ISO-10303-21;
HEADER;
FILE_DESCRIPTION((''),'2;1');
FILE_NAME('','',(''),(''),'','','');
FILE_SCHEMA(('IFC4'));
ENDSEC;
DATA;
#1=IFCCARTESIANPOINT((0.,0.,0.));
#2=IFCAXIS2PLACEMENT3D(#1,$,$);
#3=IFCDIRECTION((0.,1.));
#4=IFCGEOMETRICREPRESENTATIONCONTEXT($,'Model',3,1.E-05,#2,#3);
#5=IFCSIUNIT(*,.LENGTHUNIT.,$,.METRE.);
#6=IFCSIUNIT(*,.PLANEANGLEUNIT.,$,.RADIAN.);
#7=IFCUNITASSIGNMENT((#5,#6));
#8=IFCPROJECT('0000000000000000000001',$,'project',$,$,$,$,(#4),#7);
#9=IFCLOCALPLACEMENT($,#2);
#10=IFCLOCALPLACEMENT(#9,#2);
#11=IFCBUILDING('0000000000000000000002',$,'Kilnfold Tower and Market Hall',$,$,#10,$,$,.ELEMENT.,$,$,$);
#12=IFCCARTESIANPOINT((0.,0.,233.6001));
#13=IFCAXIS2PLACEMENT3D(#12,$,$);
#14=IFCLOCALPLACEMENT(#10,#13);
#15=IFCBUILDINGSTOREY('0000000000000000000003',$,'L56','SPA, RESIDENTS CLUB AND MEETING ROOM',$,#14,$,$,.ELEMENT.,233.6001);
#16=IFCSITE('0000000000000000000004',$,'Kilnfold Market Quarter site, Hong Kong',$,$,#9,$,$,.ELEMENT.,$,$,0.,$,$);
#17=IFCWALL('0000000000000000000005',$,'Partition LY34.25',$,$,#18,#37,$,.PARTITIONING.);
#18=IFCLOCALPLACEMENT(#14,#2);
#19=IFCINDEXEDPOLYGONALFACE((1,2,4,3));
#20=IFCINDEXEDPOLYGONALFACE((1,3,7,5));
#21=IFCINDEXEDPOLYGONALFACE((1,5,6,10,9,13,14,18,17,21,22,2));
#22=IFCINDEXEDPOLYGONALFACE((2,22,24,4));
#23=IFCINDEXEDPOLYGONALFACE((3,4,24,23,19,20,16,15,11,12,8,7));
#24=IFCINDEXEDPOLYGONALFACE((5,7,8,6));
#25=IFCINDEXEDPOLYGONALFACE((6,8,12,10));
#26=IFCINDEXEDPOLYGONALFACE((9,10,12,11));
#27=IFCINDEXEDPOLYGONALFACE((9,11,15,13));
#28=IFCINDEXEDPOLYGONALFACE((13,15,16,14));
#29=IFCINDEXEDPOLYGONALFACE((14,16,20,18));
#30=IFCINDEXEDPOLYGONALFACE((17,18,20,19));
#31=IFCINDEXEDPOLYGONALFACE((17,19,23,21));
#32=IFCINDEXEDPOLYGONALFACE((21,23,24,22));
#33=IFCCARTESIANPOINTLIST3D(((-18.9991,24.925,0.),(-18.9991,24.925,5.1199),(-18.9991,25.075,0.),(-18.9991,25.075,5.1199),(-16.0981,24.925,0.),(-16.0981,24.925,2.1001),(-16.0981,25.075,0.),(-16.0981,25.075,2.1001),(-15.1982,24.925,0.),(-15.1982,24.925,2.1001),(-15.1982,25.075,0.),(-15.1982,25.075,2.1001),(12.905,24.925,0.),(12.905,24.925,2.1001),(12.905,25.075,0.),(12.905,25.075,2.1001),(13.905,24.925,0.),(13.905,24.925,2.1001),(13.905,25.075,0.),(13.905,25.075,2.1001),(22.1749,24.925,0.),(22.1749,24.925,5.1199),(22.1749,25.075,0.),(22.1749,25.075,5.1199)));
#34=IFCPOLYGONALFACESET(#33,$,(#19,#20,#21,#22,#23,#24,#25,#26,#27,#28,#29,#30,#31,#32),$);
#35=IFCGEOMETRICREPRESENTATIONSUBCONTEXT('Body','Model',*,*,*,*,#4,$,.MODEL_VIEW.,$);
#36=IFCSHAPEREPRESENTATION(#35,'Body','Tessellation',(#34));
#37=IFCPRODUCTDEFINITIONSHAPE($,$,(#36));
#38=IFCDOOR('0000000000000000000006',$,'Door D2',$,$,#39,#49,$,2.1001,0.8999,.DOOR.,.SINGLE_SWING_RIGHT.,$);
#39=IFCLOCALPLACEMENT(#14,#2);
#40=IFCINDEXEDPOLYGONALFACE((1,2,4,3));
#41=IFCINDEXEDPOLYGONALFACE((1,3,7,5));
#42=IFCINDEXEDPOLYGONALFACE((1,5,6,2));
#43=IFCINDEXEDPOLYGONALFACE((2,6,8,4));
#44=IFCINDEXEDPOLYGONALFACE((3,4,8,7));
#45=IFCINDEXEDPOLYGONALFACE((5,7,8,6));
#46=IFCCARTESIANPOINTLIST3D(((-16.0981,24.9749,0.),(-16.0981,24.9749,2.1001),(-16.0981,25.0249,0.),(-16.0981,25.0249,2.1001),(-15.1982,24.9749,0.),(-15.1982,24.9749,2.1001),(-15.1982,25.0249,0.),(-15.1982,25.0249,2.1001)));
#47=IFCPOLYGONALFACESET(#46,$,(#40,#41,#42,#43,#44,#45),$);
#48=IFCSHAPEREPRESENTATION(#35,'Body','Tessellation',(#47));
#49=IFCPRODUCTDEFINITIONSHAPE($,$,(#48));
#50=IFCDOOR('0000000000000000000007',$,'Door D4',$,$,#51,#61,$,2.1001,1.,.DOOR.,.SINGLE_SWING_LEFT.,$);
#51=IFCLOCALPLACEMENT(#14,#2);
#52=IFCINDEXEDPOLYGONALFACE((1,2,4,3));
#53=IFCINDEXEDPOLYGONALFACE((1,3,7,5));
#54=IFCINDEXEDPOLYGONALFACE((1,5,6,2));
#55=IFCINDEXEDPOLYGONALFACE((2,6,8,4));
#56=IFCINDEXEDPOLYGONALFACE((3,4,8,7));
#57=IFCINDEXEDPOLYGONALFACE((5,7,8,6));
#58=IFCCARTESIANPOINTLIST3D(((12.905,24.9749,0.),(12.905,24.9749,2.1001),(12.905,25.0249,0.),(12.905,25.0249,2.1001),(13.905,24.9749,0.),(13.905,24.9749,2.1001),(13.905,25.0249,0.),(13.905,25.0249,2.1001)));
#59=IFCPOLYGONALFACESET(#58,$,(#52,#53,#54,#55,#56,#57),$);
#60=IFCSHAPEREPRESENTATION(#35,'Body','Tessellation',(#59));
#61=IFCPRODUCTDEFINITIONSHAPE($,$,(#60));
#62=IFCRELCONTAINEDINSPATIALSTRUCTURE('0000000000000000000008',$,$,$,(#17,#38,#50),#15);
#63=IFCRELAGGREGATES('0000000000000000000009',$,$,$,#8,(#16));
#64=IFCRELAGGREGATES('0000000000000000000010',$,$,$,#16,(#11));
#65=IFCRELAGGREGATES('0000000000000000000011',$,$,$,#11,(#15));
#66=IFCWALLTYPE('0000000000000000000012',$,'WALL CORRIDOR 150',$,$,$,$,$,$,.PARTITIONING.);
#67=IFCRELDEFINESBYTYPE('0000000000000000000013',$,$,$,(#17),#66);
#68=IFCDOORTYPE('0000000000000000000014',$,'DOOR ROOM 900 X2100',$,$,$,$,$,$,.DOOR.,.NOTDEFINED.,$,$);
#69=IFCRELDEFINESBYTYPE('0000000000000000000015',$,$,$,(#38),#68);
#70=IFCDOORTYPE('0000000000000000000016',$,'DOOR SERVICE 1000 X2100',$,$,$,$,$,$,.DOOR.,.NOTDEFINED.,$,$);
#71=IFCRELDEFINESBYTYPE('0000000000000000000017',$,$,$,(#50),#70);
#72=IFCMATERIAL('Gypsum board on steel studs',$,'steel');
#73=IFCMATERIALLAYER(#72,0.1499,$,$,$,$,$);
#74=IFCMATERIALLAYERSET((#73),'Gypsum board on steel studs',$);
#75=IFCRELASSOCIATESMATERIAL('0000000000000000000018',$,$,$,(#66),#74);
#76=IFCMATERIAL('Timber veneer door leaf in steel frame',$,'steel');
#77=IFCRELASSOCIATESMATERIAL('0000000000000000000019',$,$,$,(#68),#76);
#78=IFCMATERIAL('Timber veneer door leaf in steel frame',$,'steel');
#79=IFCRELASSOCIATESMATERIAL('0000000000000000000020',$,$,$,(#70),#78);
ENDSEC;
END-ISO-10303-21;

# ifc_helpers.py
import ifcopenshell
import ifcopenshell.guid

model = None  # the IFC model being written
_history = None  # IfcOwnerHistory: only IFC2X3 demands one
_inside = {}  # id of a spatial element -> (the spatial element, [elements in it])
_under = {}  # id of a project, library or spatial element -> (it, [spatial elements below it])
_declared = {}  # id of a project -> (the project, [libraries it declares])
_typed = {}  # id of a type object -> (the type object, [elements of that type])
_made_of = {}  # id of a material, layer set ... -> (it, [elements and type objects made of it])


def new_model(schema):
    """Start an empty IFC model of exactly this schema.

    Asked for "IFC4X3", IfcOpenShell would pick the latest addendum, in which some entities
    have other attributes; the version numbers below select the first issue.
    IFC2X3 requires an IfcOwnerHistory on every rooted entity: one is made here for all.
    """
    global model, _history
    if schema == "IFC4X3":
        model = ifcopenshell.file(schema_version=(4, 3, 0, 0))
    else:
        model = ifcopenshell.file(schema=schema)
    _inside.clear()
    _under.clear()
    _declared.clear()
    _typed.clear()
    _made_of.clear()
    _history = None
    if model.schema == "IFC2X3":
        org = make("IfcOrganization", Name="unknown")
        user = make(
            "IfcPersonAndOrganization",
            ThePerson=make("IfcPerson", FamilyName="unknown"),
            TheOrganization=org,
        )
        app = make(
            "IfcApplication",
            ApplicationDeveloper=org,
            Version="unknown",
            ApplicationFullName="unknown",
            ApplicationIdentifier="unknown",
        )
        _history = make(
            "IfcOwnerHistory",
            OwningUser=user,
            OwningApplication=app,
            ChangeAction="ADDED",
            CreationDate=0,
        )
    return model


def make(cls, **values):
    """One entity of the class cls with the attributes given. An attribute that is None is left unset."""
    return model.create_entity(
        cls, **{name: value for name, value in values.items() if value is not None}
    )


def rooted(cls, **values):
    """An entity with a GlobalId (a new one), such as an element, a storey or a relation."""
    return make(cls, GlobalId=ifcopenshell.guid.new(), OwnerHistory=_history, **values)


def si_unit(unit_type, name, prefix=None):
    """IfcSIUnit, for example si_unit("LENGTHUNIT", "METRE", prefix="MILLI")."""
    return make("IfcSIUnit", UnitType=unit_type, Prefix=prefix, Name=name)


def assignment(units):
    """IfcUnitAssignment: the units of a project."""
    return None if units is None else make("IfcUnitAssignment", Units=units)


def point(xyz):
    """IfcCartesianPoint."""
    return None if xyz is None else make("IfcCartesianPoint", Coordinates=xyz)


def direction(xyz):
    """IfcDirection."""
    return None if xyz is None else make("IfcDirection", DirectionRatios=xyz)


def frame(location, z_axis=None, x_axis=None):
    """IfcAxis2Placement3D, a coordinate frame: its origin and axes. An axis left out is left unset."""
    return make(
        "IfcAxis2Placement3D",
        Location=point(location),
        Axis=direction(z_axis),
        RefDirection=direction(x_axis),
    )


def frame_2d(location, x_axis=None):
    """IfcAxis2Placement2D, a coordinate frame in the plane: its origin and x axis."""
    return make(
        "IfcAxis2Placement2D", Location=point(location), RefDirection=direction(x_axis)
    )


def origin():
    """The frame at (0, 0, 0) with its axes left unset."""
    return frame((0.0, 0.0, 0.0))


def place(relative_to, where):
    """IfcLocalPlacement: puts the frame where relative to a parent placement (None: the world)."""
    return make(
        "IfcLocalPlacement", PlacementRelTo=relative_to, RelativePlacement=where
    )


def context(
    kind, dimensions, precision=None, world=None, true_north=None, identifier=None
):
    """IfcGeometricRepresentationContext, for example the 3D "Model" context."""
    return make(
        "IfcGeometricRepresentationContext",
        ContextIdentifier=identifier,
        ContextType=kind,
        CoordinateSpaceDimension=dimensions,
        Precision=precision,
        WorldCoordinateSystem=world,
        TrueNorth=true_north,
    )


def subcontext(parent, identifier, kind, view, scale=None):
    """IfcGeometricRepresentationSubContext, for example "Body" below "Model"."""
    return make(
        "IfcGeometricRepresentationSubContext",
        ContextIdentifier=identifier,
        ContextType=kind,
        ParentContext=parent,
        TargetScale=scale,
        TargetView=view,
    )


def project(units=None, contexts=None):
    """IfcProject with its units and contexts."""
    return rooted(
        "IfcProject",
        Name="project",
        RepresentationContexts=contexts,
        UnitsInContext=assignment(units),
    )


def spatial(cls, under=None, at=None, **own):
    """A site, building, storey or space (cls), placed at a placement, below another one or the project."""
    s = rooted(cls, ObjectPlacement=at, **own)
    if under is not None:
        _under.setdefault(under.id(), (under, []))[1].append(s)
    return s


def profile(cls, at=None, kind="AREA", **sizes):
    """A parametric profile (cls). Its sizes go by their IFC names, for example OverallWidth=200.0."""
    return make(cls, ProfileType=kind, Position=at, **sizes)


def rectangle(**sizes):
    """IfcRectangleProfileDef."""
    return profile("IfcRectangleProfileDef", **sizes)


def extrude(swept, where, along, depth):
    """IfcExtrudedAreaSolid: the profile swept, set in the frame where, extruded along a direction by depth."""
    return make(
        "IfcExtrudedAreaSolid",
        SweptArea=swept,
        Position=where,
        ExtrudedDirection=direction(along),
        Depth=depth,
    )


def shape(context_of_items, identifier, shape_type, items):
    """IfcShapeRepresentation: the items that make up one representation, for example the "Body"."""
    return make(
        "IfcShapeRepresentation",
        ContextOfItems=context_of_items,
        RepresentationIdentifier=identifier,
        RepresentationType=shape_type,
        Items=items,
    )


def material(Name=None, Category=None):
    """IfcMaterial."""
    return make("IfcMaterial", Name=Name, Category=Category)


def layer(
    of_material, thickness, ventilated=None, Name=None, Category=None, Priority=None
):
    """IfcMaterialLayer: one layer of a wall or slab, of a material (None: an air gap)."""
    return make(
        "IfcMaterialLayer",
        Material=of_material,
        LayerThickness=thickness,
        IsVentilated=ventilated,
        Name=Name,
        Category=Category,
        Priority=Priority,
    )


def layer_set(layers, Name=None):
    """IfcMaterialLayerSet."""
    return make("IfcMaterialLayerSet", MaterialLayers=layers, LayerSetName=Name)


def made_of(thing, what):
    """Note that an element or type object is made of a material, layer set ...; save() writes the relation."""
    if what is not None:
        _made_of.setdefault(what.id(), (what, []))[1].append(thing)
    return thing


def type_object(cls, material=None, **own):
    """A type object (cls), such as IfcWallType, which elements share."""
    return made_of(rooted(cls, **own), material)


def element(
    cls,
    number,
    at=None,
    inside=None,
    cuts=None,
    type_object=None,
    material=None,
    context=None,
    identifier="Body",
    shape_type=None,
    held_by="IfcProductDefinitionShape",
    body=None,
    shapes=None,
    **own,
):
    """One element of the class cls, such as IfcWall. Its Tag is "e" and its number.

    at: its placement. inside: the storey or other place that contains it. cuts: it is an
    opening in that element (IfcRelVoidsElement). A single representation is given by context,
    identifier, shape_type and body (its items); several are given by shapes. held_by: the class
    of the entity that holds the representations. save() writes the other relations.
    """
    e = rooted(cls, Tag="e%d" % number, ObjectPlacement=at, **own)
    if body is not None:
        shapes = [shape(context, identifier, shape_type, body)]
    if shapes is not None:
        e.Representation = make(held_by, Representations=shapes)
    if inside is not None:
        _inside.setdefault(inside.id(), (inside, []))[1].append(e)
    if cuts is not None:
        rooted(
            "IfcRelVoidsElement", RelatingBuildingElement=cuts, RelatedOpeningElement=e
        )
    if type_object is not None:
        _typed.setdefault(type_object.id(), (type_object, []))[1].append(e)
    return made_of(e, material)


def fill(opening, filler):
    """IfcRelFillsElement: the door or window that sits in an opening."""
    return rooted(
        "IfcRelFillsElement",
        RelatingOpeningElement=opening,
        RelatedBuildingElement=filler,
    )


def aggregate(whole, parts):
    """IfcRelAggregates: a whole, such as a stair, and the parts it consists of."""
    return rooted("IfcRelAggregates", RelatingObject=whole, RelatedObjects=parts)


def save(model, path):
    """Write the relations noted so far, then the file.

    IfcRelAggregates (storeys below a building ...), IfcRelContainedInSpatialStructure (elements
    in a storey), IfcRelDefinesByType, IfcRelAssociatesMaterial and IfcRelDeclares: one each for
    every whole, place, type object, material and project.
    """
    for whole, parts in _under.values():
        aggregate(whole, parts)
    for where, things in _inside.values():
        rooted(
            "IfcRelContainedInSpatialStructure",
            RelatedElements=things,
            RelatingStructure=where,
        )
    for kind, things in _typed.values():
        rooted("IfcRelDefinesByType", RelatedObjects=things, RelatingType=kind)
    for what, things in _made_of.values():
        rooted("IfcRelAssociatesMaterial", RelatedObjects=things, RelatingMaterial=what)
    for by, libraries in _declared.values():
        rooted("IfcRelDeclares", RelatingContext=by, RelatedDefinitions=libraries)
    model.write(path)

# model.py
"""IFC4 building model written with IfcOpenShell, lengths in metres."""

from ifc_helpers import new_model, si_unit, direction, frame, frame_2d, origin, place, context, subcontext, project, spatial, rectangle, extrude, material, layer, layer_set, type_object, element, fill, save


model = new_model("IFC4")

# Units and contexts
model_context = context("Model", 3, precision=1e-05, world=origin(), true_north=direction((0.0, 1.0)))
body_context = subcontext(model_context, "Body", "Model", "MODEL_VIEW")
ifc_project = project(units=[si_unit("LENGTHUNIT", "METRE"), si_unit("PLANEANGLEUNIT", "RADIAN")], contexts=[model_context])

# Site, building, storey
site_placement = place(None, origin())
site = spatial("IfcSite", under=ifc_project, at=site_placement, Name="Kilnfold Market Quarter site, Hong Kong", CompositionType="ELEMENT", RefElevation=0.0)
building_placement = place(site_placement, origin())
building = spatial("IfcBuilding", under=site, at=building_placement, Name="Kilnfold Tower and Market Hall", CompositionType="ELEMENT")
storey_placement = place(building_placement, frame((0.0, 0.0, 233.6001)))
storey = spatial("IfcBuildingStorey", under=building, at=storey_placement, Name="L56", Description="SPA, RESIDENTS CLUB AND MEETING ROOM", CompositionType="ELEMENT", Elevation=233.6001)

# Wall, openings, doors
ifc_material_1 = material(Name="Gypsum board on steel studs", Category="steel")
ifc_layer_1 = layer(ifc_material_1, 0.1499)
ifc_layer_set_1 = layer_set([ifc_layer_1], Name="Gypsum board on steel studs")
wall_type_1 = type_object("IfcWallType", Name="WALL CORRIDOR 150", PredefinedType="PARTITIONING", material=ifc_layer_set_1)
wall_1_placement = place(storey_placement, frame((-18.999, 25.0, 0.0), z_axis=(0.0, 0.0, 1.0), x_axis=(1.0, 0.0, 0.0)))
wall_1 = element("IfcWall", 1, at=wall_1_placement, inside=storey, type_object=wall_type_1, Name="Partition LY34.25", PredefinedType="PARTITIONING", context=body_context, shape_type="SweptSolid", body=[
    extrude(rectangle(XDim=41.1741, YDim=0.1499, at=frame_2d((20.5869, 0.0))), origin(), (0.0, 0.0, 1.0), 5.1199),
])
opening_1_placement = place(wall_1_placement, frame((2.9009, 0.0, 0.0)))
opening_1 = element("IfcOpeningElement", 2, at=opening_1_placement, cuts=wall_1, PredefinedType="OPENING", context=body_context, shape_type="SweptSolid", body=[
    extrude(rectangle(XDim=0.8999, YDim=2.1001, at=frame_2d((0.45, 1.05))), frame((0.0, 0.085, 0.0), z_axis=(0.0, -1.0, 0.0), x_axis=(1.0, 0.0, 0.0)), (0.0, 0.0, 1.0), 0.1699),
])
opening_2_placement = place(wall_1_placement, frame((31.9041, 0.0, 0.0)))
opening_2 = element("IfcOpeningElement", 3, at=opening_2_placement, cuts=wall_1, PredefinedType="OPENING", context=body_context, shape_type="SweptSolid", body=[
    extrude(rectangle(XDim=1.0, YDim=2.1001, at=frame_2d((0.5, 1.05))), frame((0.0, 0.085, 0.0), z_axis=(0.0, -1.0, 0.0), x_axis=(1.0, 0.0, 0.0)), (0.0, 0.0, 1.0), 0.1699),
])
ifc_material_2 = material(Name="Timber veneer door leaf in steel frame", Category="steel")
door_type_1 = type_object("IfcDoorType", Name="DOOR ROOM 900 X2100", OperationType="NOTDEFINED", PredefinedType="DOOR", material=ifc_material_2)
door_1_placement = place(opening_1_placement, origin())
door_1 = element("IfcDoor", 4, at=door_1_placement, inside=storey, type_object=door_type_1, Name="Door D2", OperationType="SINGLE_SWING_RIGHT", OverallHeight=2.1001, OverallWidth=0.8999, PredefinedType="DOOR", context=body_context, shape_type="SweptSolid", body=[
    extrude(rectangle(XDim=0.8999, YDim=2.1001, at=frame_2d((0.45, 1.05))), frame((0.0, 0.0249, 0.0), z_axis=(0.0, -1.0, 0.0), x_axis=(1.0, 0.0, 0.0)), (0.0, 0.0, 1.0), 0.05),
])
fill(opening_1, door_1)
ifc_material_3 = material(Name="Timber veneer door leaf in steel frame", Category="steel")
door_type_2 = type_object("IfcDoorType", Name="DOOR SERVICE 1000 X2100", OperationType="NOTDEFINED", PredefinedType="DOOR", material=ifc_material_3)
door_2_placement = place(opening_2_placement, origin())
door_2 = element("IfcDoor", 5, at=door_2_placement, inside=storey, type_object=door_type_2, Name="Door D4", OperationType="SINGLE_SWING_LEFT", OverallHeight=2.1001, OverallWidth=1.0, PredefinedType="DOOR", context=body_context, shape_type="SweptSolid", body=[
    extrude(rectangle(XDim=1.0, YDim=2.1001, at=frame_2d((0.5, 1.05))), frame((0.0, 0.0249, 0.0), z_axis=(0.0, -1.0, 0.0), x_axis=(1.0, 0.0, 0.0)), (0.0, 0.0, 1.0), 0.05),
])
fill(opening_2, door_2)

save(model, "model.ifc")
